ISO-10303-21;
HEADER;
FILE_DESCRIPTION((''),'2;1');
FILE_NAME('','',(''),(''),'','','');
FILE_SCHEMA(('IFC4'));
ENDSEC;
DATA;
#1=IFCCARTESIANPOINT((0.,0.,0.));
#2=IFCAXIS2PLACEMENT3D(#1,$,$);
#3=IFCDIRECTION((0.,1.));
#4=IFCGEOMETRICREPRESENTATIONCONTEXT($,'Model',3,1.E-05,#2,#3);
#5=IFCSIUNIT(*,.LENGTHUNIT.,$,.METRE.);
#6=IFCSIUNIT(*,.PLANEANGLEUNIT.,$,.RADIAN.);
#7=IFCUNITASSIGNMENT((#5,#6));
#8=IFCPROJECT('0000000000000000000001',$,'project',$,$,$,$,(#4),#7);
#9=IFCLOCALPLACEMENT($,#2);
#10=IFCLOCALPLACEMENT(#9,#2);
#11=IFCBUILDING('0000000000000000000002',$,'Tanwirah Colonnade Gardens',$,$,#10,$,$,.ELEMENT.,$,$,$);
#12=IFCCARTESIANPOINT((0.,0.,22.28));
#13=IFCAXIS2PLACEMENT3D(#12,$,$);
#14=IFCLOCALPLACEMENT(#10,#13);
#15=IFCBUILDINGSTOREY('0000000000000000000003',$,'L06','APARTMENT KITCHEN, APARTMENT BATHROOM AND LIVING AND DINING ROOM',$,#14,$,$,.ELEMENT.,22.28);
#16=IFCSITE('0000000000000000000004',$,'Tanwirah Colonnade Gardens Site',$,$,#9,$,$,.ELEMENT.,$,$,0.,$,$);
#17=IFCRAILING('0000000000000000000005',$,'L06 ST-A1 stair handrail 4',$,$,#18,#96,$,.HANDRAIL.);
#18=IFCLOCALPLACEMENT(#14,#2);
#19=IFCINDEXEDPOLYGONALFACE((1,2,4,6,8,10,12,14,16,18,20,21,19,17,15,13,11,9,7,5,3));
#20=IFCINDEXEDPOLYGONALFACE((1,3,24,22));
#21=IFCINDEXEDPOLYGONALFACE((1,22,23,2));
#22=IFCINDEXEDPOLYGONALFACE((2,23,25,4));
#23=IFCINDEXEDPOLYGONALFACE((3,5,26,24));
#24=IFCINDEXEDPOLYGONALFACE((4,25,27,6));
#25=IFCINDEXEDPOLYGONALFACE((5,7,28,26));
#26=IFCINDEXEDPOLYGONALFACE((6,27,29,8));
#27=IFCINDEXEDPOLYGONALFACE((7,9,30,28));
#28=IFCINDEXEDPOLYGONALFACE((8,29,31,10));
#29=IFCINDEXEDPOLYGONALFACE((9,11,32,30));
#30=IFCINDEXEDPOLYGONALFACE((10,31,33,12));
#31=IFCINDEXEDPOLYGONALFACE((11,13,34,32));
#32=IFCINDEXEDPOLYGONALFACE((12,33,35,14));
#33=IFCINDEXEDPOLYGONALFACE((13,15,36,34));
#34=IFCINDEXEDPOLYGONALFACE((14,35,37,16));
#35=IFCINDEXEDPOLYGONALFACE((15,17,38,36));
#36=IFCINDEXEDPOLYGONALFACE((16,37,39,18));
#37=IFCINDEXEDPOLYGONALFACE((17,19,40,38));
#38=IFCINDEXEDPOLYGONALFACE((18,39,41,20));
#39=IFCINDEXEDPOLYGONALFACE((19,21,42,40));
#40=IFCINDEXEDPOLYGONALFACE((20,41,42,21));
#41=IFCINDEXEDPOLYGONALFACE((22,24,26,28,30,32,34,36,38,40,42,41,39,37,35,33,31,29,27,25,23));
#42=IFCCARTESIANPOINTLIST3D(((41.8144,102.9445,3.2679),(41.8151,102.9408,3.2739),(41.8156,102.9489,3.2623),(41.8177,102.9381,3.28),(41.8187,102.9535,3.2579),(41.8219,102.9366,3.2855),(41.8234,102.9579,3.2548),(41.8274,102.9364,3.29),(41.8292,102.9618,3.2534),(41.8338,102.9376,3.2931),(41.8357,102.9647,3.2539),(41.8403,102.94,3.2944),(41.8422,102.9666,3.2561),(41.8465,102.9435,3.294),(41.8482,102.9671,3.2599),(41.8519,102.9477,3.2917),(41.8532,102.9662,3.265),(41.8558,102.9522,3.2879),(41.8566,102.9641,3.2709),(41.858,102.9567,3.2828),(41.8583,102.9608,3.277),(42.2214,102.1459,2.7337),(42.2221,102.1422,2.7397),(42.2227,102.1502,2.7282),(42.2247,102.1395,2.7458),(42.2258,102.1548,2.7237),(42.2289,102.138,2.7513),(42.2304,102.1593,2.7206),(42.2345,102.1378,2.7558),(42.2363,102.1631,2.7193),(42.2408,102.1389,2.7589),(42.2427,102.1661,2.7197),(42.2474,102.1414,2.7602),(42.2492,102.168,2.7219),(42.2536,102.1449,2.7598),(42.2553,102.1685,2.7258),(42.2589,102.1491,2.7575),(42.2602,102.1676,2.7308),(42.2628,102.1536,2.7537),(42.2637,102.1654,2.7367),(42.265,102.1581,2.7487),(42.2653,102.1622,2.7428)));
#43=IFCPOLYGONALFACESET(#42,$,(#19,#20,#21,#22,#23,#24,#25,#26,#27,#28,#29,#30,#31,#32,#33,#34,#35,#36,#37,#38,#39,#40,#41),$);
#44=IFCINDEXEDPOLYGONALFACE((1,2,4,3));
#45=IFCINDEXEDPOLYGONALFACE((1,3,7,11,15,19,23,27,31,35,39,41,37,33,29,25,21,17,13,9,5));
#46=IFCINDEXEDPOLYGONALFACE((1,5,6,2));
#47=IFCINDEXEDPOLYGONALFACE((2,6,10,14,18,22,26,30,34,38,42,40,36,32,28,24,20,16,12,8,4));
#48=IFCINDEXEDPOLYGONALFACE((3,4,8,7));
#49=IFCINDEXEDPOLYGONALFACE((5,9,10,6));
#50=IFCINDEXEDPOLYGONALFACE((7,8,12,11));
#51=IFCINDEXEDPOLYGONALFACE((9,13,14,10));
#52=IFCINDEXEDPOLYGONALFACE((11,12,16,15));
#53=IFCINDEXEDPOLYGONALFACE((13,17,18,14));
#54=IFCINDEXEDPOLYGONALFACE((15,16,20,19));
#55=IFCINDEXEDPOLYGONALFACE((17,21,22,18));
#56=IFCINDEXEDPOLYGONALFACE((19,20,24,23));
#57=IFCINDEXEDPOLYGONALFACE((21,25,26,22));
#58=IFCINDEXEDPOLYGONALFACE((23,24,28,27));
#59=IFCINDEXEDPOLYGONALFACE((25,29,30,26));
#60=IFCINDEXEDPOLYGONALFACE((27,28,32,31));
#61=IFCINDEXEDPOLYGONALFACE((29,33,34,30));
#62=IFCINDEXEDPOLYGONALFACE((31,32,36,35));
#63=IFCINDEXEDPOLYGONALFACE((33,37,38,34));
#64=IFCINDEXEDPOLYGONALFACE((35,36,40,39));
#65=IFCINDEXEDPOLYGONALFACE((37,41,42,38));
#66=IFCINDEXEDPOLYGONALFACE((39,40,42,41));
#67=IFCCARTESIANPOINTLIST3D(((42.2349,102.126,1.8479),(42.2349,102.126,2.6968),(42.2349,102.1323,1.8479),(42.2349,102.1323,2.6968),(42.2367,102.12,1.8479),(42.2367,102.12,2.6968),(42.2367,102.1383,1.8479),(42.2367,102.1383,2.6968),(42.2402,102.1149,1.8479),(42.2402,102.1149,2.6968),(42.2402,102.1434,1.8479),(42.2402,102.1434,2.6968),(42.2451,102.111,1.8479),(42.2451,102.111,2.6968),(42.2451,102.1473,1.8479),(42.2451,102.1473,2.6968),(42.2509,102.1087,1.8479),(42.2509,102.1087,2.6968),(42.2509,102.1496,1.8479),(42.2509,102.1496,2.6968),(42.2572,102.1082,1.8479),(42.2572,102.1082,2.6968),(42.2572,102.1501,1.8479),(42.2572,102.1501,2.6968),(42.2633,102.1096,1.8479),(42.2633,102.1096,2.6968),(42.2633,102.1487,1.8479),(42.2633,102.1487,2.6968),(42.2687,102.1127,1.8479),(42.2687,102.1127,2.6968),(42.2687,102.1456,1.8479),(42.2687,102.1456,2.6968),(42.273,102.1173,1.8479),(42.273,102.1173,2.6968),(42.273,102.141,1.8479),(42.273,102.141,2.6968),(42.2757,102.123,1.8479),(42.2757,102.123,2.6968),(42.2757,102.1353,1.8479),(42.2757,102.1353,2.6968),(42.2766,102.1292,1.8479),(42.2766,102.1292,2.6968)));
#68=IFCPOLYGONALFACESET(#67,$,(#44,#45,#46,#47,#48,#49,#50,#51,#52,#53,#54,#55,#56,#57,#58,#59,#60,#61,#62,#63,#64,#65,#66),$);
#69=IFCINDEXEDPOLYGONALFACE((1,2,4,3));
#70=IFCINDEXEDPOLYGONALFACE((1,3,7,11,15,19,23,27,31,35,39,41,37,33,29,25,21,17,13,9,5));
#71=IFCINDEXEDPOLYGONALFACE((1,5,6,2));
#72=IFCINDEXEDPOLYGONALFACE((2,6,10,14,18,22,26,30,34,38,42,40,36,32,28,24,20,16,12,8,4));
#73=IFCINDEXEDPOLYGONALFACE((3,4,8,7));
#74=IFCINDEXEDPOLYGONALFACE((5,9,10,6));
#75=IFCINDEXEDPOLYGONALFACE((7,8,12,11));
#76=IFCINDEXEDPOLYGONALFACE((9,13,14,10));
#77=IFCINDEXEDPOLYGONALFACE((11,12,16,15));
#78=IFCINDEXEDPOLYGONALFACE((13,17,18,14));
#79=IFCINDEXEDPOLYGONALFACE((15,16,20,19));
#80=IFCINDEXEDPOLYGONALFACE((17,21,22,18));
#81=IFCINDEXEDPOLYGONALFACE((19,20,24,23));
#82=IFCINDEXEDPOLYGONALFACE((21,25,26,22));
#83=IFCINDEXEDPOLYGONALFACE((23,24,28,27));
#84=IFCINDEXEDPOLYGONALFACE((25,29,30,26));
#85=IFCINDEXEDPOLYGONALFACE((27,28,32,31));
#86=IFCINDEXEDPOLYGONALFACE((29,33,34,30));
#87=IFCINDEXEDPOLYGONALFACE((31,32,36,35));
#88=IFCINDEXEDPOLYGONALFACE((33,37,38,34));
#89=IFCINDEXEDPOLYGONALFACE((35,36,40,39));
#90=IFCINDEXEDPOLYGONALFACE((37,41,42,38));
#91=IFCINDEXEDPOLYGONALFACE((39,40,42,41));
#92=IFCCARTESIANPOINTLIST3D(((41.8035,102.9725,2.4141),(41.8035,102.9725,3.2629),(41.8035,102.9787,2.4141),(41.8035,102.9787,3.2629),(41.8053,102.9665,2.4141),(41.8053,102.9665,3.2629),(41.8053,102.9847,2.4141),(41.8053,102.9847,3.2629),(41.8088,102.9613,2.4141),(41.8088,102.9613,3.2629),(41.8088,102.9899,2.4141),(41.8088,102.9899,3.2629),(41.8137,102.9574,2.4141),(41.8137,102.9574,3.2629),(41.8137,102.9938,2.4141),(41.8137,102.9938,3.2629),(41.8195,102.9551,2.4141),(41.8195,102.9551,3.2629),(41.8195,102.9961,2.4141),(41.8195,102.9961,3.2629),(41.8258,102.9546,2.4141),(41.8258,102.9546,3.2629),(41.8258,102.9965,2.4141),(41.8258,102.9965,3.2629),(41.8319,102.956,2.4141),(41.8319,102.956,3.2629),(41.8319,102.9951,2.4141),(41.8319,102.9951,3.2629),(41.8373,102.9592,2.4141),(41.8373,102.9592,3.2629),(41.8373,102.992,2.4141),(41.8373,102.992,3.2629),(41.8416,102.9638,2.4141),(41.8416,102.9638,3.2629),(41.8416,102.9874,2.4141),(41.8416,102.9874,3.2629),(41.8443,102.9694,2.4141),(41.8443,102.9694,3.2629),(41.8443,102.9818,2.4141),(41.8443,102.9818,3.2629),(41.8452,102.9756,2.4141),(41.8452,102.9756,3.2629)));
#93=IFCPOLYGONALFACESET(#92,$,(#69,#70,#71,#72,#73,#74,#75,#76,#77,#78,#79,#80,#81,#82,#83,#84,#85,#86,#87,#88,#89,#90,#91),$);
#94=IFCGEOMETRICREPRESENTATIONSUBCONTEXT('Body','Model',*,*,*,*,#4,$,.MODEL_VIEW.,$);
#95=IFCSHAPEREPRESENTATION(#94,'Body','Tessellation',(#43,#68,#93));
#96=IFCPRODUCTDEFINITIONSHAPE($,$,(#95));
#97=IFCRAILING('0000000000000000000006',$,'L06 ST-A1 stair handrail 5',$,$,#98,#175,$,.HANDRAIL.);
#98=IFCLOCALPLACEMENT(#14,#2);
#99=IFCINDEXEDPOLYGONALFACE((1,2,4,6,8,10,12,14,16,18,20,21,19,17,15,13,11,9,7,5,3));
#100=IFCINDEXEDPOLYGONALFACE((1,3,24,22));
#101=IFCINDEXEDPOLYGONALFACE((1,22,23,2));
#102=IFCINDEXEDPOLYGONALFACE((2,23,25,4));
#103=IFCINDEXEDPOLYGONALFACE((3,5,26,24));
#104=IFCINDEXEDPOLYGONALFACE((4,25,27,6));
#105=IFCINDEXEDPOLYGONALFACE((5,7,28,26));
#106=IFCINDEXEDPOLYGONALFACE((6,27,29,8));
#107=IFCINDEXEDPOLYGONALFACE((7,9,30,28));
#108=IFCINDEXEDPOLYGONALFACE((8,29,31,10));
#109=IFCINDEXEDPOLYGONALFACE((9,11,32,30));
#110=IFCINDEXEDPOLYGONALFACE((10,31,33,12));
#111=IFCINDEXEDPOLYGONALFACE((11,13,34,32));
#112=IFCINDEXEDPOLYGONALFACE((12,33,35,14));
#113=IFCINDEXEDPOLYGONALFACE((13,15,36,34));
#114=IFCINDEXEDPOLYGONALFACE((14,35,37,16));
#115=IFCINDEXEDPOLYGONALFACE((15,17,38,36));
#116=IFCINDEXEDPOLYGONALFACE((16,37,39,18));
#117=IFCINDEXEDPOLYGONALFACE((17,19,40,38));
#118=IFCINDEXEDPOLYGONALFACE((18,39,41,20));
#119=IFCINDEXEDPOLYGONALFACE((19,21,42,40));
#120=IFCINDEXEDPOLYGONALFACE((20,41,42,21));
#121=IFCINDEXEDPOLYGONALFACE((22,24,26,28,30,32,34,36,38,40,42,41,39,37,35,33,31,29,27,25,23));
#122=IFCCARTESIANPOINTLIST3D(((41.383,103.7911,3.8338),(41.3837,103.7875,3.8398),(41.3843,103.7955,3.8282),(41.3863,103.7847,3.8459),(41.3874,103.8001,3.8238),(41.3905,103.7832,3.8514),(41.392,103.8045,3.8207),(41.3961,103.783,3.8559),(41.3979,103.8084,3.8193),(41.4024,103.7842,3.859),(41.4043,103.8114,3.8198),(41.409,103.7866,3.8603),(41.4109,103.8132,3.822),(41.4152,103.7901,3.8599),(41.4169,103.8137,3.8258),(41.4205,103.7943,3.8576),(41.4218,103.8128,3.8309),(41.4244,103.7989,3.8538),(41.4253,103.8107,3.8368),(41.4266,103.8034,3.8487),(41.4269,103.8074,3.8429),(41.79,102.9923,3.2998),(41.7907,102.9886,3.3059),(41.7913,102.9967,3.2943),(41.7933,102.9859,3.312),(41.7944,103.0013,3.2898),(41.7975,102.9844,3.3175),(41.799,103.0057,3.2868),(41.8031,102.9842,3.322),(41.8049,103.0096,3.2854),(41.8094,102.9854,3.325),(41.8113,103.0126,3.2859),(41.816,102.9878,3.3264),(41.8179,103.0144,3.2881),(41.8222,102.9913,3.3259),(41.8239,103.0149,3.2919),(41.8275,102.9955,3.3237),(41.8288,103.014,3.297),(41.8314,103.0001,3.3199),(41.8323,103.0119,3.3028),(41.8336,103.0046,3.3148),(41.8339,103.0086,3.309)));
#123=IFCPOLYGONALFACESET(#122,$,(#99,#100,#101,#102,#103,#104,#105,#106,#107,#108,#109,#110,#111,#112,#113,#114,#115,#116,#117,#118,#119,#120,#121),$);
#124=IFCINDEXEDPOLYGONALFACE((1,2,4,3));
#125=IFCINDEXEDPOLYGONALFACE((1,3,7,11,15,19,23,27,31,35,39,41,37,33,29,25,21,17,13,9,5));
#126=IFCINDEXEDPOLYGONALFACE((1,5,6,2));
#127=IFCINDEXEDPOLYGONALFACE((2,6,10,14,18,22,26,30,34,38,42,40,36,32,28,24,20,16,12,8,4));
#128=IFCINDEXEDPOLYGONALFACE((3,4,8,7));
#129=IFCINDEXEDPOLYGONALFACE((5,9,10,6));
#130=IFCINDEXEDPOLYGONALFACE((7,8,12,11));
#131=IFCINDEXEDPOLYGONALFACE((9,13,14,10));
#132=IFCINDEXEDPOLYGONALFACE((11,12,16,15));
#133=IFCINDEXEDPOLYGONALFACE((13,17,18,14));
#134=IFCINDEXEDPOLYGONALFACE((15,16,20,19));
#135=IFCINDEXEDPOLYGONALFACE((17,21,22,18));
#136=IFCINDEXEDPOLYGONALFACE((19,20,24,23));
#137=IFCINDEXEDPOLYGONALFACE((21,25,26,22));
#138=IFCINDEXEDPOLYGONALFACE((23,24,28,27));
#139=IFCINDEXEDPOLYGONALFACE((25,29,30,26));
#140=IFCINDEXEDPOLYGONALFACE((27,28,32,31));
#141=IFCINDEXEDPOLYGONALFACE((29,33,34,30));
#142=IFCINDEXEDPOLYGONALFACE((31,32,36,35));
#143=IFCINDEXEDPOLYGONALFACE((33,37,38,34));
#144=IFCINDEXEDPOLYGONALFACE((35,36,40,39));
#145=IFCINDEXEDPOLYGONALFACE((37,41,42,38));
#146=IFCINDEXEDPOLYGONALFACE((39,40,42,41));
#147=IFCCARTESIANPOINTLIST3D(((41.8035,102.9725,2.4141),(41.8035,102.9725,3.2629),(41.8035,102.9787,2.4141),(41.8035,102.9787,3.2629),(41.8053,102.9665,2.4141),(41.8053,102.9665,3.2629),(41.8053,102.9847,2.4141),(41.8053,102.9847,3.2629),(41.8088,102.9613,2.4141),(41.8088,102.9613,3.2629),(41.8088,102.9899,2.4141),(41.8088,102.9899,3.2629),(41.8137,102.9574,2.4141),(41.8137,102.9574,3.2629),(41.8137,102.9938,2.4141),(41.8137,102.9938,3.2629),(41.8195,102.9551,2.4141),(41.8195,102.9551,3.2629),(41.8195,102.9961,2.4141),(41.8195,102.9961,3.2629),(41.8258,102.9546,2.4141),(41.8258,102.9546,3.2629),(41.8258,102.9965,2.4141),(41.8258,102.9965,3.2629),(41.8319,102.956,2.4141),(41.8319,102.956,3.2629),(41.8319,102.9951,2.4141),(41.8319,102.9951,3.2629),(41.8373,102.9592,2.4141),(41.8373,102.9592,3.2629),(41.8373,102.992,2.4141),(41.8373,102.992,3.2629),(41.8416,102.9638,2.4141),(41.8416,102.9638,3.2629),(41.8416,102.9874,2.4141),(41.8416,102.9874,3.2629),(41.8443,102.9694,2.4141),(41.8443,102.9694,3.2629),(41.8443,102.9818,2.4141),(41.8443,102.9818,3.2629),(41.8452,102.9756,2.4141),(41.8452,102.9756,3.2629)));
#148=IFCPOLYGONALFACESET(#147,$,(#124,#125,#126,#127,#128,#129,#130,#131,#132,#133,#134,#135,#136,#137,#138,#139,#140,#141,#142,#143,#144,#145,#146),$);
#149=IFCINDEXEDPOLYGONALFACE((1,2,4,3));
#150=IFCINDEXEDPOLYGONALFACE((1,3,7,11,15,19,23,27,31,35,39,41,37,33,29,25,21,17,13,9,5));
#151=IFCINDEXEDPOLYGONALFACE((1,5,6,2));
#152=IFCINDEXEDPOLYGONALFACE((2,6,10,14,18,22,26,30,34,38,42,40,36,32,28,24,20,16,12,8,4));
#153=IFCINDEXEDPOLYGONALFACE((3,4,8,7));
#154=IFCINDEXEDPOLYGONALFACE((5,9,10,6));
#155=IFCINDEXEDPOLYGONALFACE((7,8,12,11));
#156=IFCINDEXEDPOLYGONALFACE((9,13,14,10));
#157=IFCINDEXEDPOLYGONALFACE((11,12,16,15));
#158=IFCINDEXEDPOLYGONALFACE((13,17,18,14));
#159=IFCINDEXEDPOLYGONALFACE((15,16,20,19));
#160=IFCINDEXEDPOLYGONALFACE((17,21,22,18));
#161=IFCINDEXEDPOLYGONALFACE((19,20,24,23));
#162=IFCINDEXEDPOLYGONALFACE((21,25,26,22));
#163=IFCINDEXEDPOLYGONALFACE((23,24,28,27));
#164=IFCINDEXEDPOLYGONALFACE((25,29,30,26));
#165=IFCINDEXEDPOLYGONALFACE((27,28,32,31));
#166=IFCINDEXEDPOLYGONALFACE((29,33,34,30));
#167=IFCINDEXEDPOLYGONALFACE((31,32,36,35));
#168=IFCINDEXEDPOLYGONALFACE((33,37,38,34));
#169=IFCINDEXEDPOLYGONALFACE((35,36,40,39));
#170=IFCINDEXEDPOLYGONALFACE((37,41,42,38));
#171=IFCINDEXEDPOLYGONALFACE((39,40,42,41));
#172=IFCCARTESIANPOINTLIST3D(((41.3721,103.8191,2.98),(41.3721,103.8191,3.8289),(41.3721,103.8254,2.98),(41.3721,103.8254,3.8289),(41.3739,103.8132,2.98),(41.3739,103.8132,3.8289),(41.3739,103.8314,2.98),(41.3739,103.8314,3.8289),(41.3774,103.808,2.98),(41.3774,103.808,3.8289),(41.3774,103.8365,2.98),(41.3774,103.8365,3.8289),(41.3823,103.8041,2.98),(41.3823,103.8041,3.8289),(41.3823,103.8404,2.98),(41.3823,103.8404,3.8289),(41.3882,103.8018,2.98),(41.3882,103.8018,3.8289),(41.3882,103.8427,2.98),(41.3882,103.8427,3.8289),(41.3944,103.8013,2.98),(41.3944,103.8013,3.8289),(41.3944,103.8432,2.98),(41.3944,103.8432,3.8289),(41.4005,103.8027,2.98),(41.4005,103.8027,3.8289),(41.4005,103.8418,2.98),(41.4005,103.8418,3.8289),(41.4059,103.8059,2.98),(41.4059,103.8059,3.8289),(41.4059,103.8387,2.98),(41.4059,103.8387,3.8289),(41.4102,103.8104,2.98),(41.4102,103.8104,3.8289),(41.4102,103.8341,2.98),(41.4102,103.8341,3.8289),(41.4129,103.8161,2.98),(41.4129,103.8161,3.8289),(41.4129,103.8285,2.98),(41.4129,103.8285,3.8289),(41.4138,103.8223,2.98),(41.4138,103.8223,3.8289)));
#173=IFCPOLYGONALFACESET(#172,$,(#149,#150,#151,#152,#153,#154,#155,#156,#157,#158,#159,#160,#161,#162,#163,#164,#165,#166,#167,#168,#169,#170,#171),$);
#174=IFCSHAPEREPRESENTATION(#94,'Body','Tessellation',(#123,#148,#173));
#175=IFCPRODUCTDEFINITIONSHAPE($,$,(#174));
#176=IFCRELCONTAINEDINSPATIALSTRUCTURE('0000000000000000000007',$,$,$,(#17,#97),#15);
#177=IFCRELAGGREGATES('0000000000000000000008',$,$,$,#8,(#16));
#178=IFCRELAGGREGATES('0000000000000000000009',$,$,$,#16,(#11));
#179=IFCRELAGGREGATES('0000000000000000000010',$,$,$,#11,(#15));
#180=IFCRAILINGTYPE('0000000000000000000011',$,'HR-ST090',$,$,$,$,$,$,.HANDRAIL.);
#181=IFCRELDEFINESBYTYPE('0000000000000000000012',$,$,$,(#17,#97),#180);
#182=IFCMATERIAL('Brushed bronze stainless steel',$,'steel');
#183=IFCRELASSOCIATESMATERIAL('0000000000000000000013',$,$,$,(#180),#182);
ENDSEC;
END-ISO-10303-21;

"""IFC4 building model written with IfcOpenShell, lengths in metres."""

from ifc_helpers import new_model, si_unit, direction, frame, origin, origin_2d, place, context, subcontext, project, spatial, circle, extrude, material, type_object, element, save


model = new_model("IFC4")

# Units and contexts
model_context = context("Model", 3, precision=1e-05, world=origin(), true_north=direction((0.0, 1.0)))
body_context = subcontext(model_context, "Body", "Model", "MODEL_VIEW")
ifc_project = project(units=[si_unit("LENGTHUNIT", "METRE"), si_unit("PLANEANGLEUNIT", "RADIAN")], contexts=[model_context])

# Site, building, storey
site_placement = place(None, origin())
site = spatial("IfcSite", under=ifc_project, at=site_placement, Name="Tanwirah Colonnade Gardens Site", CompositionType="ELEMENT", RefElevation=0.0)
building_placement = place(site_placement, origin())
building = spatial("IfcBuilding", under=site, at=building_placement, Name="Tanwirah Colonnade Gardens", CompositionType="ELEMENT")
storey_placement = place(building_placement, frame((0.0, 0.0, 22.28)))
storey = spatial("IfcBuildingStorey", under=building, at=storey_placement, Name="L06", Description="APARTMENT KITCHEN, APARTMENT BATHROOM AND LIVING AND DINING ROOM", CompositionType="ELEMENT", Elevation=22.28)

# Railings
ifc_material_1 = material(Name="Brushed bronze stainless steel", Category="steel")
railing_type_1 = type_object("IfcRailingType", Name="HR-ST090", PredefinedType="HANDRAIL", material=ifc_material_1)
railing_1_placement = place(storey_placement, frame((42.2556, 102.1292, 1.8479)))
element("IfcRailing", 1, at=railing_1_placement, inside=storey, type_object=railing_type_1, Name="L06 ST-A1 stair handrail 4", PredefinedType="HANDRAIL", context=body_context, shape_type="SweptSolid", body=[
    extrude(circle(Radius=0.0239, at=origin_2d()), frame((-0.0122, 0.0239, 0.8918), z_axis=(-0.390073, 0.765356, 0.51193), x_axis=(-0.890957, -0.454087, 0.0)), (0.0, 0.0, 1.0), 1.0435),
    extrude(circle(Radius=0.021, at=origin_2d()), origin(), (0.0, 0.0, 1.0), 0.8489),
    extrude(circle(Radius=0.021, at=origin_2d()), frame((-0.4314, 0.8464, 0.5662)), (0.0, 0.0, 1.0), 0.8489),
])
railing_2_placement = place(storey_placement, frame((41.8242, 102.9756, 2.4141)))
element("IfcRailing", 2, at=railing_2_placement, inside=storey, type_object=railing_type_1, Name="L06 ST-A1 stair handrail 5", PredefinedType="HANDRAIL", context=body_context, shape_type="SweptSolid", body=[
    extrude(circle(Radius=0.0239, at=origin_2d()), frame((-0.0122, 0.0239, 0.8918), z_axis=(-0.390052, 0.765534, 0.511681), x_axis=(-0.89101, -0.453984, 0.0)), (0.0, 0.0, 1.0), 1.0435),
    extrude(circle(Radius=0.021, at=origin_2d()), origin(), (0.0, 0.0, 1.0), 0.8489),
    extrude(circle(Radius=0.021, at=origin_2d()), frame((-0.4314, 0.8467, 0.5659)), (0.0, 0.0, 1.0), 0.8489),
])

save(model, "model.ifc")
